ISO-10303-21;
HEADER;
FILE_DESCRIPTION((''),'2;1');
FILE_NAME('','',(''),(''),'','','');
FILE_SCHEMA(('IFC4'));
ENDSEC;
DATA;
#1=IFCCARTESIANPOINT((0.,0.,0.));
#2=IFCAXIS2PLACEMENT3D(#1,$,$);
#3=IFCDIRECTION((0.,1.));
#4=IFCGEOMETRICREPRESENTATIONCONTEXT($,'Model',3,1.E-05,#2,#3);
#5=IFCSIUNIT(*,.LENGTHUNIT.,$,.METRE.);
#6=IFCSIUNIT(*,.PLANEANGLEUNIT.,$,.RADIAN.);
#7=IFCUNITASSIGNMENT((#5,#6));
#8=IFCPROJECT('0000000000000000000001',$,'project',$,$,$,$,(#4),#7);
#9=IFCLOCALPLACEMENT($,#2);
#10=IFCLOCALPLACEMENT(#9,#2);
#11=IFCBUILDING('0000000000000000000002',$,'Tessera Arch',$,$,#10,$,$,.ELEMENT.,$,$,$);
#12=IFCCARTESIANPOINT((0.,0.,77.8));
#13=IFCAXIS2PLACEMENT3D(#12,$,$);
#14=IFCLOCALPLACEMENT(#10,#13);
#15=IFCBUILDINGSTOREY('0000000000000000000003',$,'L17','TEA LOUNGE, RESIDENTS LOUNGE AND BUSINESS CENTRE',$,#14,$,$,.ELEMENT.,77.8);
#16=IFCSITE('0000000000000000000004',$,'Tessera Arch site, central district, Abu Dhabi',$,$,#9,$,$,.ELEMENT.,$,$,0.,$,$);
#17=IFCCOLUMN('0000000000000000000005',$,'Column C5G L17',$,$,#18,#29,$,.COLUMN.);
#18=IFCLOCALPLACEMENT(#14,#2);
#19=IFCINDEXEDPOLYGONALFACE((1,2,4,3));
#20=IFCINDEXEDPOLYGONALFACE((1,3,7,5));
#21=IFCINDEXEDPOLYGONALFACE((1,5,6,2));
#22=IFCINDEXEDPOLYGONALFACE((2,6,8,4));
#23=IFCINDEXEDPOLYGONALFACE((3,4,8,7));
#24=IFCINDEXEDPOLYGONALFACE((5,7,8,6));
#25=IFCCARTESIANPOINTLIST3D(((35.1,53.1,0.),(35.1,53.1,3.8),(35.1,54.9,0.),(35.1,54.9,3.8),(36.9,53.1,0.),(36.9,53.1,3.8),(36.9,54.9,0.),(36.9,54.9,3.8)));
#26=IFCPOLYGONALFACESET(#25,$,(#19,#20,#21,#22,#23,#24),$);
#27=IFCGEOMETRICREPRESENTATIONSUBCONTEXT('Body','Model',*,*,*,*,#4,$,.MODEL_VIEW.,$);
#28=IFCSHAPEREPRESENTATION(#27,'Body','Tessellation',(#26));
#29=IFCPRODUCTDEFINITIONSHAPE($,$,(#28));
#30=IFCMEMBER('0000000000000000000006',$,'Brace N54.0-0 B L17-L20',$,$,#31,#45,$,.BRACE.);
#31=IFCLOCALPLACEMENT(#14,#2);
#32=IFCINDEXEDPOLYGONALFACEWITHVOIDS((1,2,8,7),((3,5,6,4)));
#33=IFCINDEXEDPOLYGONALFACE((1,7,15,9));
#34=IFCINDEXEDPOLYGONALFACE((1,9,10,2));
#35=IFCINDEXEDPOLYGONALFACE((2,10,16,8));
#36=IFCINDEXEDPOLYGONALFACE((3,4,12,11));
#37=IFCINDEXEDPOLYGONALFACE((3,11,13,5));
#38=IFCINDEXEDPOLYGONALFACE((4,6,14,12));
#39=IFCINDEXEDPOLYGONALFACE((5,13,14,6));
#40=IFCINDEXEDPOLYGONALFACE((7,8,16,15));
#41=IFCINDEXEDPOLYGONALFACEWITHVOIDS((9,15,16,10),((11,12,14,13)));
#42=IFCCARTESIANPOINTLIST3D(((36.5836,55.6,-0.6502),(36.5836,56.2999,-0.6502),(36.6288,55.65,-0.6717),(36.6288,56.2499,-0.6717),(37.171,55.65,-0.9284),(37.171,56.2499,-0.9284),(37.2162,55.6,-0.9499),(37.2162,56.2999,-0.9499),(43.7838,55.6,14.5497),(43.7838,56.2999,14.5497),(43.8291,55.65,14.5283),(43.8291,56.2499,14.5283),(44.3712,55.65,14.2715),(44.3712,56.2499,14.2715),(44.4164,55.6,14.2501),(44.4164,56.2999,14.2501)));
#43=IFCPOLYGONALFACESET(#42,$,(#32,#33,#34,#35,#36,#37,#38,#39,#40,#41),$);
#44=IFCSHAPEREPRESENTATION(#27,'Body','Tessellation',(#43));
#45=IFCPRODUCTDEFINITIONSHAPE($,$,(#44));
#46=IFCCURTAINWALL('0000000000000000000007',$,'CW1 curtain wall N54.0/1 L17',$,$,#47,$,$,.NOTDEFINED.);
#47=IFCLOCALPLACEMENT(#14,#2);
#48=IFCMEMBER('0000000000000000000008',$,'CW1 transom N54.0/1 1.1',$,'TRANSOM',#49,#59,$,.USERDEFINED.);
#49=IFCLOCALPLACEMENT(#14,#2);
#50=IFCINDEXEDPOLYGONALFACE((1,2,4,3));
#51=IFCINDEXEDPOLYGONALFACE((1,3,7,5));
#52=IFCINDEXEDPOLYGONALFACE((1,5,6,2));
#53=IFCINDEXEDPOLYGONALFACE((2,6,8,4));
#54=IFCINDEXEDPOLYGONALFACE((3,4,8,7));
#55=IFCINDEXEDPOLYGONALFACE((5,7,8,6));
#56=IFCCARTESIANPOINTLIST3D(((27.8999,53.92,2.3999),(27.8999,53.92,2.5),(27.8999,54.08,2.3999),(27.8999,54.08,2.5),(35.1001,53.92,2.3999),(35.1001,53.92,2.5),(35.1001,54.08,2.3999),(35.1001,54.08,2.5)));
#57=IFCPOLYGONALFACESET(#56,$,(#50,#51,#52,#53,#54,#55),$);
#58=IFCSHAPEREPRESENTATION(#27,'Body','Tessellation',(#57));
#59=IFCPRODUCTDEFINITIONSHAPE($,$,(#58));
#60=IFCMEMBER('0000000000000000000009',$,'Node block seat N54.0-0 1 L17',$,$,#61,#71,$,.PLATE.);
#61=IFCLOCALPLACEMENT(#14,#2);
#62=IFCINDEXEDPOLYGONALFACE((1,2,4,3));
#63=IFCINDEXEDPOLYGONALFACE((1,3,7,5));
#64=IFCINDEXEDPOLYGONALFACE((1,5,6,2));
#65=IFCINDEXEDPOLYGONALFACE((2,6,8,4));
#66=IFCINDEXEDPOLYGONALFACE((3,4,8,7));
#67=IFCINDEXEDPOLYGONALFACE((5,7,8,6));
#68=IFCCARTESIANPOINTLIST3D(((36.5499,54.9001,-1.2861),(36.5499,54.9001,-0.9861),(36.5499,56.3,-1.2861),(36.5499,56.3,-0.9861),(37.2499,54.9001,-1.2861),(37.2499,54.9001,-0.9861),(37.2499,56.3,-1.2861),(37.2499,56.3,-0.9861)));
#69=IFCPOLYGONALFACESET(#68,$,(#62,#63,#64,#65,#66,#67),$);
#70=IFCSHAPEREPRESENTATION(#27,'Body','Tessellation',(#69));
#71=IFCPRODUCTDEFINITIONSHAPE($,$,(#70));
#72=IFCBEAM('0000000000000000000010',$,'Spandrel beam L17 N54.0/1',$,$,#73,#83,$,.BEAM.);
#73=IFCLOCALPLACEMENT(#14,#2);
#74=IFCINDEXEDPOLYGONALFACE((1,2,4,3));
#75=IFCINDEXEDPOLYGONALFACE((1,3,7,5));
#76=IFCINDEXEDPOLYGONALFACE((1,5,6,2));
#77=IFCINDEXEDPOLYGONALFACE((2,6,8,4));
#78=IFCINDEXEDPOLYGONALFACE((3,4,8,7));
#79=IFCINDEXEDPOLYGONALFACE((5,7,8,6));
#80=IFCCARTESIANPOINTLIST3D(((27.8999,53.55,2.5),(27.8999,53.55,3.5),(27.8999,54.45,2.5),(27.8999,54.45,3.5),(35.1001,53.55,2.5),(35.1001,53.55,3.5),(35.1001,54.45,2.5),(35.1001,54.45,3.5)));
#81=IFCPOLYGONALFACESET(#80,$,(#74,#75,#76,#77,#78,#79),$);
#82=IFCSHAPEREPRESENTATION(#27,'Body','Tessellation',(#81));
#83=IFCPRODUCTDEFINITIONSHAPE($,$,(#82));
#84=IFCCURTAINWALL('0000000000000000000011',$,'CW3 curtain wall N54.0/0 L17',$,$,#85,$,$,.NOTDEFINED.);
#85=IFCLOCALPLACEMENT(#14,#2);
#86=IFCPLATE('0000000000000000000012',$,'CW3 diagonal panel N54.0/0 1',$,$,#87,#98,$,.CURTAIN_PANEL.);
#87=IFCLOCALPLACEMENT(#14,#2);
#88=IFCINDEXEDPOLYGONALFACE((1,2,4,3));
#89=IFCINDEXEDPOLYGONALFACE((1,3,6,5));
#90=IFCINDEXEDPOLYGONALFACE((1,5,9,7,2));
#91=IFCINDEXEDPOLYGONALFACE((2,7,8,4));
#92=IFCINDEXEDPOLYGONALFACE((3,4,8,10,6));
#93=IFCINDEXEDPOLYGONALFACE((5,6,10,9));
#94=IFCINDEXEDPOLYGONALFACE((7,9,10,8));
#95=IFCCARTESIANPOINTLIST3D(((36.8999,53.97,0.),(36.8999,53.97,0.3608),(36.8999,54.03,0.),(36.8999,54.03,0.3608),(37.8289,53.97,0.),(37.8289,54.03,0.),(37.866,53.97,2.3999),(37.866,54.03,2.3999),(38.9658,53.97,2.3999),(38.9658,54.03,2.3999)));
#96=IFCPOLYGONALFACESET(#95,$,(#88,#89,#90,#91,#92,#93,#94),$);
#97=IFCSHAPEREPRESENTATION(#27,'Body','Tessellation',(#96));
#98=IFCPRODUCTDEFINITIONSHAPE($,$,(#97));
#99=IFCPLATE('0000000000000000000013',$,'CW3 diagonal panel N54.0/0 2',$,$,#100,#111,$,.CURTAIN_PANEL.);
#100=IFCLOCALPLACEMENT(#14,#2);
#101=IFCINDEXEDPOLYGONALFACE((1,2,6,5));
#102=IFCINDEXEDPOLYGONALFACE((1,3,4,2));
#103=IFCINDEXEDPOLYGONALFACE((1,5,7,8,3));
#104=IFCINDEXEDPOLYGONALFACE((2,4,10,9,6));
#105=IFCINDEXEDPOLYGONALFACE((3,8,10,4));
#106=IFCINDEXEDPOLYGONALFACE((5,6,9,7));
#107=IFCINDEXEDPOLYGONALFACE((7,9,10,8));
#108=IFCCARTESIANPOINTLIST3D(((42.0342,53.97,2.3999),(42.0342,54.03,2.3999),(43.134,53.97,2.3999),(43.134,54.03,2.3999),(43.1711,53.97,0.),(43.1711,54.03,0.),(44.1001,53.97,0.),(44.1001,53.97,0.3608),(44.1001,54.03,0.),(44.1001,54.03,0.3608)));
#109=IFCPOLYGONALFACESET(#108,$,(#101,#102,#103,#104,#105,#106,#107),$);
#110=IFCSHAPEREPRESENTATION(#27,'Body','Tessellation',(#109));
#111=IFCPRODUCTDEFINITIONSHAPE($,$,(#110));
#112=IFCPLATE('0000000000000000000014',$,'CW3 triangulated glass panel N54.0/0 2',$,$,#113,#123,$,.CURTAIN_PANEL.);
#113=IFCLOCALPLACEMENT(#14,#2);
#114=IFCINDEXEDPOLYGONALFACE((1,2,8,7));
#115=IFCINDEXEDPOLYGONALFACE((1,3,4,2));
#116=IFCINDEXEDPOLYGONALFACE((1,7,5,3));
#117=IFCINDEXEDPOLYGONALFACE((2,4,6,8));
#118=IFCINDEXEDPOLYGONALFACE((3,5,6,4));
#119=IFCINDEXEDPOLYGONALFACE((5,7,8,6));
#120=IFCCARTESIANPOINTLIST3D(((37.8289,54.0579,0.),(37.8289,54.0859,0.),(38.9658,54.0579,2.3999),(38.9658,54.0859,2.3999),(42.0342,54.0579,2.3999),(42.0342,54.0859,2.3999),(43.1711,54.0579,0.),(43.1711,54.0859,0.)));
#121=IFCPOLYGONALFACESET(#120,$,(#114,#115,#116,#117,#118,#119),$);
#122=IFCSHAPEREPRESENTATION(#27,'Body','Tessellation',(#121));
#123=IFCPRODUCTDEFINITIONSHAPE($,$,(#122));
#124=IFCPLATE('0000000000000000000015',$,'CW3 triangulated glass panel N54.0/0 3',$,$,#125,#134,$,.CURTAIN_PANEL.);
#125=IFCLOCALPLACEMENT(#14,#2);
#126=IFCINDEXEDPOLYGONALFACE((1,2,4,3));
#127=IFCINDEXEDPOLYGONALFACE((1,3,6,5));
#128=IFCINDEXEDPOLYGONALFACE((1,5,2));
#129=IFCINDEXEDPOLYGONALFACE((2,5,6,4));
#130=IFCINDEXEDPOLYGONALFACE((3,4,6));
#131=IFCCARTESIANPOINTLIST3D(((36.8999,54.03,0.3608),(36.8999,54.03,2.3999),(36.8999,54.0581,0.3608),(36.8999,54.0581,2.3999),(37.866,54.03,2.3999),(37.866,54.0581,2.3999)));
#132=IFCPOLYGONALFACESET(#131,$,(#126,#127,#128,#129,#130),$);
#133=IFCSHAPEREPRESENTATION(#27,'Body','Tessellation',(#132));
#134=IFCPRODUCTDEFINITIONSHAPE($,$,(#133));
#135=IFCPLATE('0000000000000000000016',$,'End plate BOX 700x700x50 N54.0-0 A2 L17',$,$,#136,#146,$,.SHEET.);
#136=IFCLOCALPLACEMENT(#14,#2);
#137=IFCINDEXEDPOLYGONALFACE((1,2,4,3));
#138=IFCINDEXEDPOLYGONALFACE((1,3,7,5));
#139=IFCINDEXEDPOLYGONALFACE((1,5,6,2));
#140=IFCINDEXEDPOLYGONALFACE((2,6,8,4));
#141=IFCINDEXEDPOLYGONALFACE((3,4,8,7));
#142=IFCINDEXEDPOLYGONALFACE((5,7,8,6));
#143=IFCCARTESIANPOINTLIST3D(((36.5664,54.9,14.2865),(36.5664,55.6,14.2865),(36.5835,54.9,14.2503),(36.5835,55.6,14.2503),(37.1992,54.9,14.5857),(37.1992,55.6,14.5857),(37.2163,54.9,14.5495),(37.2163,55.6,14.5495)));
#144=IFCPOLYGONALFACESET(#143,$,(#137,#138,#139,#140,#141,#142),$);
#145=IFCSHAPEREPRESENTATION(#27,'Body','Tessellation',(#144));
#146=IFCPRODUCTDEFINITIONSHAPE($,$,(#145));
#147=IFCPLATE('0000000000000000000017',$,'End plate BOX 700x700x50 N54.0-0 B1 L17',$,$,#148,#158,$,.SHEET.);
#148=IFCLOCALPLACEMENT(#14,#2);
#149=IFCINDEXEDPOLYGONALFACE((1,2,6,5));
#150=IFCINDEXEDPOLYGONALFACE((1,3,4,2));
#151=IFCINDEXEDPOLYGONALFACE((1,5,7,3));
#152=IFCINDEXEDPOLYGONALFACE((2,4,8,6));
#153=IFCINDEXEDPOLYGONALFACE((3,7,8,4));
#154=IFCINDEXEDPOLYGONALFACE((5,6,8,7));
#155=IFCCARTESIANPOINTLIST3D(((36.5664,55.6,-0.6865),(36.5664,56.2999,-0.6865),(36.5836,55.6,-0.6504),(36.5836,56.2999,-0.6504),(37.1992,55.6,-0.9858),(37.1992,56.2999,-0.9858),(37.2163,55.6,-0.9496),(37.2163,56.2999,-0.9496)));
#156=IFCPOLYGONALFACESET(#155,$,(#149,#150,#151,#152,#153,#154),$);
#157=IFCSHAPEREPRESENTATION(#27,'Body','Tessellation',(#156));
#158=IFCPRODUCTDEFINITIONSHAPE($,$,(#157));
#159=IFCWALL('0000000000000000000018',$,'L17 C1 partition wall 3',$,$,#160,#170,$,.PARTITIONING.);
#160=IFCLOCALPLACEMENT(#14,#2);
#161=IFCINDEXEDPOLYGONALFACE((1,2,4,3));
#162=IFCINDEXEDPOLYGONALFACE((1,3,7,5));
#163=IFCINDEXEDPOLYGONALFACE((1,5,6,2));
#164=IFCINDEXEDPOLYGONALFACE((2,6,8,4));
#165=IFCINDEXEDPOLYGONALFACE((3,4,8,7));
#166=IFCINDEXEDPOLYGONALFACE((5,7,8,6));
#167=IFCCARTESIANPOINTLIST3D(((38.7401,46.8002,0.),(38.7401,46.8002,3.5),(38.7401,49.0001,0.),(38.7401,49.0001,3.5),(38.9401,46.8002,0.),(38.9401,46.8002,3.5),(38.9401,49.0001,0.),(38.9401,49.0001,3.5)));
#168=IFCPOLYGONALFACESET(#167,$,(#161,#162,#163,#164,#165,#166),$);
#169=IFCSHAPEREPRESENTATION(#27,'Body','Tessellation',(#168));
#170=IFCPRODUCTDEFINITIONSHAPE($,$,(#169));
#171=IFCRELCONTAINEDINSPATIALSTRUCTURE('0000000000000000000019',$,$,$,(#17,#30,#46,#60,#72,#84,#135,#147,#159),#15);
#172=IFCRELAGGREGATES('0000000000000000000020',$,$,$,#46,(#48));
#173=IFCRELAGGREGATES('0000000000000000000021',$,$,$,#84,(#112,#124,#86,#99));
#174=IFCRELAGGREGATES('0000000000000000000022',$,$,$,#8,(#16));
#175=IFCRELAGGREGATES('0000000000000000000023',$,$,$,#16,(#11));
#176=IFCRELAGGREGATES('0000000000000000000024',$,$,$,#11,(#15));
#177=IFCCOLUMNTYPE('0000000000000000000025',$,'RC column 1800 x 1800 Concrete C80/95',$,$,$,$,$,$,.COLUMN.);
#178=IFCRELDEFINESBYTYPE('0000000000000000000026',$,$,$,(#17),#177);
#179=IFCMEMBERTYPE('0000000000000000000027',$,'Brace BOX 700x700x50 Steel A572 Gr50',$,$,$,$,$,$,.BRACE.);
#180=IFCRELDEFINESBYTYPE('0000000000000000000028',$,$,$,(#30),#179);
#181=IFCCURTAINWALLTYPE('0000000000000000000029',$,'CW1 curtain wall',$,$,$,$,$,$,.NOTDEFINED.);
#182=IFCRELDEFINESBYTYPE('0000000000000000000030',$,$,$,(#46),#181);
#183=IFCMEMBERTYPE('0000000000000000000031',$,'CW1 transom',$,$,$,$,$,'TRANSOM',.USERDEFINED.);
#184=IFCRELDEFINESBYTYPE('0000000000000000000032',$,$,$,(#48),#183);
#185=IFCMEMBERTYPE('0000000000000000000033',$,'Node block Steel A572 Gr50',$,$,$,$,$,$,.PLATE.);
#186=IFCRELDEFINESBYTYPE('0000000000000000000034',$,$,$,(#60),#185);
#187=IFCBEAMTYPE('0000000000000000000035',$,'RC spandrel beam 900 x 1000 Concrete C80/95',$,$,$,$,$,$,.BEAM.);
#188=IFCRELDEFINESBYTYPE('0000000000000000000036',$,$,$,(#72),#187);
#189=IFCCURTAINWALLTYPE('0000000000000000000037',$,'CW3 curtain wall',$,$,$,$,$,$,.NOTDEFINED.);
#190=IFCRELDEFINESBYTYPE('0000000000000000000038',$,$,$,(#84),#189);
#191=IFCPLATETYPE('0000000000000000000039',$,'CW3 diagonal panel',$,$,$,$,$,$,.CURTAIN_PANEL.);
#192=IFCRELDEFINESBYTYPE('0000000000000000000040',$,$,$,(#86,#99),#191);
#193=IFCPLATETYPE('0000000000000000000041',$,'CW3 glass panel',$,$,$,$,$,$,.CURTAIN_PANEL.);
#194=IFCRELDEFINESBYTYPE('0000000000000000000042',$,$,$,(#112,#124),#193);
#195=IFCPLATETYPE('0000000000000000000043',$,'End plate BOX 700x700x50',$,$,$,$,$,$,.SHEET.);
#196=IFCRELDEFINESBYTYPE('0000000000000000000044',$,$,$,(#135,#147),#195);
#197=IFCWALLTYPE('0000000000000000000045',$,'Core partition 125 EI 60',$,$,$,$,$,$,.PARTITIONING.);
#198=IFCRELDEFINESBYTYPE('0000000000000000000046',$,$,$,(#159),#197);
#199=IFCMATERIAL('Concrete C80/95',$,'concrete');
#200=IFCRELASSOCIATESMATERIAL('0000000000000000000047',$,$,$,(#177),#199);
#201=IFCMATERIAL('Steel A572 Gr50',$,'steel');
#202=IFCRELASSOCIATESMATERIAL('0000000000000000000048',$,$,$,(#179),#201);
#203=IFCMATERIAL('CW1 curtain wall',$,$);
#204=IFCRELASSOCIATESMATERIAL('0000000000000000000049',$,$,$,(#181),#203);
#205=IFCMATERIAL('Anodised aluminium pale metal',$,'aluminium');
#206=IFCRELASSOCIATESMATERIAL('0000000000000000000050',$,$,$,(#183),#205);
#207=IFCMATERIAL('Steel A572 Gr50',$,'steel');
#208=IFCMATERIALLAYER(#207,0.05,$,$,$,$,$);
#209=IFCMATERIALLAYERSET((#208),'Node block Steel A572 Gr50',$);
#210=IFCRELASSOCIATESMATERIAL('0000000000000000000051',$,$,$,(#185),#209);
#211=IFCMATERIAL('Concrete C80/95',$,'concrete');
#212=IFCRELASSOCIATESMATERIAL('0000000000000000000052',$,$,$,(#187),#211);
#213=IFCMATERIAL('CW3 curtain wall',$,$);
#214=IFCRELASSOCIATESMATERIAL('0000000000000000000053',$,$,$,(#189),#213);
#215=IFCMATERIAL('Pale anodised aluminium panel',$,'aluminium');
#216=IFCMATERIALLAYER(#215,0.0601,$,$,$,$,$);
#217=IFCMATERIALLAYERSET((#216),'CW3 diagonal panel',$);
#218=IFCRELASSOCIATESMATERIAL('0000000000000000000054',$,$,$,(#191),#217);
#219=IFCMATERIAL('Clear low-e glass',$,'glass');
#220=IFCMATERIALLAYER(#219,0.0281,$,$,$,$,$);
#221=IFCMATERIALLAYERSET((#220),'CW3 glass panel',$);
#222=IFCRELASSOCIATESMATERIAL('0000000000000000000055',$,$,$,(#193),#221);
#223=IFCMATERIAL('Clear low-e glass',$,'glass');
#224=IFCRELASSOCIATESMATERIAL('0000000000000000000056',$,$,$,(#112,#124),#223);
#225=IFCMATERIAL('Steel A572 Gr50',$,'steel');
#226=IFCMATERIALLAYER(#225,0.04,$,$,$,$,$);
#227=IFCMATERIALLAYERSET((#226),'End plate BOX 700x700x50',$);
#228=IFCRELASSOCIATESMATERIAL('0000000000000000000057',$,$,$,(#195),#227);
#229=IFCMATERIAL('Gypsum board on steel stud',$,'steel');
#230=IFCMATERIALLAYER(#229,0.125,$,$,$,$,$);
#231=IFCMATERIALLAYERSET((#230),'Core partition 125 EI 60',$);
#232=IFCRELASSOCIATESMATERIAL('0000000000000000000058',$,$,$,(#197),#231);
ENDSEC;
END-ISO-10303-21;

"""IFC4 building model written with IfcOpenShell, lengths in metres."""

from ifc_helpers import new_model, si_unit, direction, frame, frame_2d, origin, origin_2d, place, context, subcontext, project, spatial, polyline, rectangle, hollow_rectangle, outline, extrude, material, layer, layer_set, material_profile, profile_set, type_object, element, aggregate, save


model = new_model("IFC4")

# Units and contexts
model_context = context("Model", 3, precision=1e-05, world=origin(), true_north=direction((0.0, 1.0)))
body_context = subcontext(model_context, "Body", "Model", "MODEL_VIEW")
ifc_project = project(units=[si_unit("LENGTHUNIT", "METRE"), si_unit("PLANEANGLEUNIT", "RADIAN")], contexts=[model_context])

# Site, building, storey
site_placement = place(None, origin())
site = spatial("IfcSite", under=ifc_project, at=site_placement, Name="Tessera Arch site, central district, Abu Dhabi", CompositionType="ELEMENT", RefElevation=0.0)
building_placement = place(site_placement, origin())
building = spatial("IfcBuilding", under=site, at=building_placement, Name="Tessera Arch", CompositionType="ELEMENT")
storey_placement = place(building_placement, frame((0.0, 0.0, 77.8)))
storey = spatial("IfcBuildingStorey", under=building, at=storey_placement, Name="L17", Description="TEA LOUNGE, RESIDENTS LOUNGE AND BUSINESS CENTRE", CompositionType="ELEMENT", Elevation=77.8)

# Column
ifc_material_1 = material(Name="Concrete C80/95", Category="concrete")
ifc_material_profile_1 = material_profile(ifc_material_1, rectangle(XDim=1.8, YDim=1.8, at=origin_2d()), Name="RC column 1800 x 1800 Concrete C80/95")
ifc_profile_set_1 = profile_set([ifc_material_profile_1], Name="Concrete C80/95")
column_type = type_object("IfcColumnType", Name="RC column 1800 x 1800 Concrete C80/95", PredefinedType="COLUMN", material=ifc_profile_set_1)
column_placement = place(storey_placement, frame((36.0, 54.0, 0.0), z_axis=(0.0, 0.0, 1.0), x_axis=(1.0, 0.0, 0.0)))
element("IfcColumn", 1, at=column_placement, inside=storey, type_object=column_type, Name="Column C5G L17", PredefinedType="COLUMN", context=body_context, shape_type="SweptSolid", body=[
    extrude(rectangle(XDim=1.8, YDim=1.8, at=origin_2d()), origin(), (0.0, 0.0, 1.0), 3.8),
])

# Member
ifc_material_2 = material(Name="Steel A572 Gr50", Category="steel")
ifc_material_profile_2 = material_profile(ifc_material_2, hollow_rectangle(XDim=0.7, YDim=0.7, WallThickness=0.05, at=origin_2d()), Name="BOX 700x700x50")
ifc_profile_set_2 = profile_set([ifc_material_profile_2], Name="Steel A572 Gr50")
member_type_1 = type_object("IfcMemberType", Name="Brace BOX 700x700x50 Steel A572 Gr50", PredefinedType="BRACE", material=ifc_profile_set_2)
member_1_placement = place(storey_placement, frame((36.8999, 55.95, -0.8), z_axis=(0.428097, 0.0, 0.903733), x_axis=(0.0, 1.0, 0.0)))
element("IfcMember", 2, at=member_1_placement, inside=storey, type_object=member_type_1, Name="Brace N54.0-0 B L17-L20", PredefinedType="BRACE", context=body_context, shape_type="SweptSolid", body=[
    extrude(hollow_rectangle(XDim=0.7, YDim=0.7, WallThickness=0.05, at=origin_2d()), origin(), (0.0, 0.0, 1.0), 16.8191),
])

# Curtain wall, member
ifc_material_3 = material(Name="CW1 curtain wall")
curtain_wall_type_1 = type_object("IfcCurtainWallType", Name="CW1 curtain wall", PredefinedType="NOTDEFINED", material=ifc_material_3)
curtain_wall_1_placement = place(storey_placement, origin())
curtain_wall_1 = element("IfcCurtainWall", 3, at=curtain_wall_1_placement, inside=storey, type_object=curtain_wall_type_1, Name="CW1 curtain wall N54.0/1 L17", PredefinedType="NOTDEFINED")
ifc_material_4 = material(Name="Anodised aluminium pale metal", Category="aluminium")
ifc_material_profile_3 = material_profile(ifc_material_4, rectangle(XDim=0.1599, YDim=0.1001, at=origin_2d()), Name="AL 160x100")
ifc_profile_set_3 = profile_set([ifc_material_profile_3], Name="Anodised aluminium pale metal")
member_type_2 = type_object("IfcMemberType", Name="CW1 transom", ElementType="TRANSOM", PredefinedType="USERDEFINED", material=ifc_profile_set_3)
member_2_placement = place(storey_placement, frame((35.1001, 54.0, 2.45), z_axis=(-1.0, 0.0, 0.0), x_axis=(0.0, -1.0, 0.0)))
member_2 = element("IfcMember", 4, at=member_2_placement, type_object=member_type_2, Name="CW1 transom N54.0/1 1.1", ObjectType="TRANSOM", PredefinedType="USERDEFINED", context=body_context, shape_type="SweptSolid", body=[
    extrude(rectangle(XDim=0.1599, YDim=0.1001, at=origin_2d()), origin(), (0.0, 0.0, 1.0), 7.2002),
])
aggregate(curtain_wall_1, [member_2])

# Member
ifc_material_5 = material(Name="Steel A572 Gr50", Category="steel")
ifc_layer_1 = layer(ifc_material_5, 0.05)
ifc_layer_set_1 = layer_set([ifc_layer_1], Name="Node block Steel A572 Gr50")
member_type_3 = type_object("IfcMemberType", Name="Node block Steel A572 Gr50", PredefinedType="PLATE", material=ifc_layer_set_1)
member_3_placement = place(storey_placement, frame((36.8999, 55.6001, -1.2861), z_axis=(0.0, 0.0, 1.0), x_axis=(-1.0, 0.0, 0.0)))
element("IfcMember", 5, at=member_3_placement, inside=storey, type_object=member_type_3, Name="Node block seat N54.0-0 1 L17", PredefinedType="PLATE", context=body_context, shape_type="SweptSolid", body=[
    extrude(rectangle(XDim=0.7, YDim=1.3999, at=origin_2d()), origin(), (0.0, 0.0, 1.0), 0.3),
])

# Beam
ifc_material_6 = material(Name="Concrete C80/95", Category="concrete")
ifc_material_profile_4 = material_profile(ifc_material_6, rectangle(XDim=0.8999, YDim=1.0, at=origin_2d()), Name="RC spandrel beam 900 x 1000 Concrete C80/95")
ifc_profile_set_4 = profile_set([ifc_material_profile_4], Name="Concrete C80/95")
beam_type = type_object("IfcBeamType", Name="RC spandrel beam 900 x 1000 Concrete C80/95", PredefinedType="BEAM", material=ifc_profile_set_4)
beam_placement = place(storey_placement, frame((35.1001, 54.0, 3.0), z_axis=(-1.0, 0.0, 0.0), x_axis=(0.0, -1.0, 0.0)))
element("IfcBeam", 6, at=beam_placement, inside=storey, type_object=beam_type, Name="Spandrel beam L17 N54.0/1", PredefinedType="BEAM", context=body_context, shape_type="SweptSolid", body=[
    extrude(rectangle(XDim=0.8999, YDim=1.0, at=origin_2d()), origin(), (0.0, 0.0, 1.0), 7.2002),
])

# Curtain wall, plates
ifc_material_7 = material(Name="CW3 curtain wall")
curtain_wall_type_2 = type_object("IfcCurtainWallType", Name="CW3 curtain wall", PredefinedType="NOTDEFINED", material=ifc_material_7)
curtain_wall_2_placement = place(storey_placement, origin())
curtain_wall_2 = element("IfcCurtainWall", 7, at=curtain_wall_2_placement, inside=storey, type_object=curtain_wall_type_2, Name="CW3 curtain wall N54.0/0 L17", PredefinedType="NOTDEFINED")
ifc_material_8 = material(Name="Pale anodised aluminium panel", Category="aluminium")
ifc_layer_2 = layer(ifc_material_8, 0.0601)
ifc_layer_set_2 = layer_set([ifc_layer_2], Name="CW3 diagonal panel")
plate_type_1 = type_object("IfcPlateType", Name="CW3 diagonal panel", PredefinedType="CURTAIN_PANEL", material=ifc_layer_set_2)
plate_1_placement = place(storey_placement, frame((36.8999, 54.03, 0.0), z_axis=(0.0, 1.0, 0.0), x_axis=(0.0, 0.0, 1.0)))
plate_1 = element("IfcPlate", 8, at=plate_1_placement, type_object=plate_type_1, Name="CW3 diagonal panel N54.0/0 1", PredefinedType="CURTAIN_PANEL", context=body_context, shape_type="SweptSolid", body=[
    extrude(outline(polyline([(0.0, 0.0), (0.3608, 0.0), (2.3999, 0.9661), (2.3999, 2.0659), (0.0, 0.929), (0.0, 0.0)])), origin(), (0.0, 0.0, -1.0), 0.0601),
])
plate_2_placement = place(storey_placement, frame((42.0342, 54.03, 2.3999), z_axis=(0.0, 1.0, 0.0), x_axis=(1.0, 0.0, 0.0)))
plate_2 = element("IfcPlate", 9, at=plate_2_placement, type_object=plate_type_1, Name="CW3 diagonal panel N54.0/0 2", PredefinedType="CURTAIN_PANEL", context=body_context, shape_type="SweptSolid", body=[
    extrude(outline(polyline([(0.0, 0.0), (1.0999, 0.0), (2.0659, 2.0391), (2.0659, 2.3999), (1.137, 2.3999), (0.0, 0.0)])), origin(), (0.0, 0.0, -1.0), 0.0601),
])
ifc_material_9 = material(Name="Clear low-e glass", Category="glass")
ifc_material_10 = material(Name="Clear low-e glass", Category="glass")
ifc_layer_3 = layer(ifc_material_10, 0.0281)
ifc_layer_set_3 = layer_set([ifc_layer_3], Name="CW3 glass panel")
plate_type_2 = type_object("IfcPlateType", Name="CW3 glass panel", PredefinedType="CURTAIN_PANEL", material=ifc_layer_set_3)
plate_3_placement = place(storey_placement, frame((38.9658, 54.0859, 2.3999), z_axis=(0.0, 1.0, 0.0), x_axis=(1.0, 0.0, 0.0)))
plate_3 = element("IfcPlate", 10, at=plate_3_placement, type_object=plate_type_2, material=ifc_material_9, Name="CW3 triangulated glass panel N54.0/0 2", PredefinedType="CURTAIN_PANEL", context=body_context, shape_type="SweptSolid", body=[
    extrude(outline(polyline([(0.0, 0.0), (3.0684, 0.0), (4.2053, 2.3999), (-1.137, 2.3999), (0.0, 0.0)])), origin(), (0.0, 0.0, -1.0), 0.0281),
])
plate_4_placement = place(storey_placement, frame((36.8999, 54.0581, 2.3999), z_axis=(0.0, 1.0, 0.0), x_axis=(1.0, 0.0, 0.0)))
plate_4 = element("IfcPlate", 11, at=plate_4_placement, type_object=plate_type_2, material=ifc_material_9, Name="CW3 triangulated glass panel N54.0/0 3", PredefinedType="CURTAIN_PANEL", context=body_context, shape_type="SweptSolid", body=[
    extrude(outline(polyline([(0.0, 0.0), (0.9661, 0.0), (0.0, 2.0391), (0.0, 0.0)])), origin(), (0.0, 0.0, -1.0), 0.0281),
])
aggregate(curtain_wall_2, [plate_3, plate_4, plate_1, plate_2])

# Plates
ifc_material_11 = material(Name="Steel A572 Gr50", Category="steel")
ifc_layer_4 = layer(ifc_material_11, 0.04)
ifc_layer_set_4 = layer_set([ifc_layer_4], Name="End plate BOX 700x700x50")
plate_type_3 = type_object("IfcPlateType", Name="End plate BOX 700x700x50", PredefinedType="SHEET", material=ifc_layer_set_4)
for number, where, z_axis, x_axis, name in (
    (12, (36.8999, 55.25, 14.3999), (-0.427561, 0.0, 0.903986), (0.0, -1.0, 0.0), "End plate BOX 700x700x50 N54.0-0 A2 L17"),
    (13, (36.8828, 55.95, -0.8362), (0.427561, 0.0, 0.903986), (0.0, 1.0, 0.0), "End plate BOX 700x700x50 N54.0-0 B1 L17"),
):
    element("IfcPlate", number, at=place(storey_placement, frame(where, z_axis=z_axis, x_axis=x_axis)), inside=storey, type_object=plate_type_3, Name=name, PredefinedType="SHEET", context=body_context, shape_type="SweptSolid", body=[
        extrude(rectangle(XDim=0.7, YDim=0.7, at=origin_2d()), origin(), (0.0, 0.0, 1.0), 0.04),
    ])

# Wall
ifc_material_12 = material(Name="Gypsum board on steel stud", Category="steel")
ifc_layer_5 = layer(ifc_material_12, 0.125)
ifc_layer_set_5 = layer_set([ifc_layer_5], Name="Core partition 125 EI 60")
wall_type_1 = type_object("IfcWallType", Name="Core partition 125 EI 60", PredefinedType="PARTITIONING", material=ifc_layer_set_5)
wall_1_placement = place(storey_placement, frame((38.8401, 46.8, 0.0), z_axis=(0.0, 0.0, 1.0), x_axis=(0.0, 1.0, 0.0)))
element("IfcWall", 14, at=wall_1_placement, inside=storey, type_object=wall_type_1, Name="L17 C1 partition wall 3", PredefinedType="PARTITIONING", context=body_context, shape_type="SweptSolid", body=[
    extrude(rectangle(XDim=2.2, YDim=0.2, at=frame_2d((1.1001, 0.0))), origin(), (0.0, 0.0, 1.0), 3.5),
])

save(model, "model.ifc")
